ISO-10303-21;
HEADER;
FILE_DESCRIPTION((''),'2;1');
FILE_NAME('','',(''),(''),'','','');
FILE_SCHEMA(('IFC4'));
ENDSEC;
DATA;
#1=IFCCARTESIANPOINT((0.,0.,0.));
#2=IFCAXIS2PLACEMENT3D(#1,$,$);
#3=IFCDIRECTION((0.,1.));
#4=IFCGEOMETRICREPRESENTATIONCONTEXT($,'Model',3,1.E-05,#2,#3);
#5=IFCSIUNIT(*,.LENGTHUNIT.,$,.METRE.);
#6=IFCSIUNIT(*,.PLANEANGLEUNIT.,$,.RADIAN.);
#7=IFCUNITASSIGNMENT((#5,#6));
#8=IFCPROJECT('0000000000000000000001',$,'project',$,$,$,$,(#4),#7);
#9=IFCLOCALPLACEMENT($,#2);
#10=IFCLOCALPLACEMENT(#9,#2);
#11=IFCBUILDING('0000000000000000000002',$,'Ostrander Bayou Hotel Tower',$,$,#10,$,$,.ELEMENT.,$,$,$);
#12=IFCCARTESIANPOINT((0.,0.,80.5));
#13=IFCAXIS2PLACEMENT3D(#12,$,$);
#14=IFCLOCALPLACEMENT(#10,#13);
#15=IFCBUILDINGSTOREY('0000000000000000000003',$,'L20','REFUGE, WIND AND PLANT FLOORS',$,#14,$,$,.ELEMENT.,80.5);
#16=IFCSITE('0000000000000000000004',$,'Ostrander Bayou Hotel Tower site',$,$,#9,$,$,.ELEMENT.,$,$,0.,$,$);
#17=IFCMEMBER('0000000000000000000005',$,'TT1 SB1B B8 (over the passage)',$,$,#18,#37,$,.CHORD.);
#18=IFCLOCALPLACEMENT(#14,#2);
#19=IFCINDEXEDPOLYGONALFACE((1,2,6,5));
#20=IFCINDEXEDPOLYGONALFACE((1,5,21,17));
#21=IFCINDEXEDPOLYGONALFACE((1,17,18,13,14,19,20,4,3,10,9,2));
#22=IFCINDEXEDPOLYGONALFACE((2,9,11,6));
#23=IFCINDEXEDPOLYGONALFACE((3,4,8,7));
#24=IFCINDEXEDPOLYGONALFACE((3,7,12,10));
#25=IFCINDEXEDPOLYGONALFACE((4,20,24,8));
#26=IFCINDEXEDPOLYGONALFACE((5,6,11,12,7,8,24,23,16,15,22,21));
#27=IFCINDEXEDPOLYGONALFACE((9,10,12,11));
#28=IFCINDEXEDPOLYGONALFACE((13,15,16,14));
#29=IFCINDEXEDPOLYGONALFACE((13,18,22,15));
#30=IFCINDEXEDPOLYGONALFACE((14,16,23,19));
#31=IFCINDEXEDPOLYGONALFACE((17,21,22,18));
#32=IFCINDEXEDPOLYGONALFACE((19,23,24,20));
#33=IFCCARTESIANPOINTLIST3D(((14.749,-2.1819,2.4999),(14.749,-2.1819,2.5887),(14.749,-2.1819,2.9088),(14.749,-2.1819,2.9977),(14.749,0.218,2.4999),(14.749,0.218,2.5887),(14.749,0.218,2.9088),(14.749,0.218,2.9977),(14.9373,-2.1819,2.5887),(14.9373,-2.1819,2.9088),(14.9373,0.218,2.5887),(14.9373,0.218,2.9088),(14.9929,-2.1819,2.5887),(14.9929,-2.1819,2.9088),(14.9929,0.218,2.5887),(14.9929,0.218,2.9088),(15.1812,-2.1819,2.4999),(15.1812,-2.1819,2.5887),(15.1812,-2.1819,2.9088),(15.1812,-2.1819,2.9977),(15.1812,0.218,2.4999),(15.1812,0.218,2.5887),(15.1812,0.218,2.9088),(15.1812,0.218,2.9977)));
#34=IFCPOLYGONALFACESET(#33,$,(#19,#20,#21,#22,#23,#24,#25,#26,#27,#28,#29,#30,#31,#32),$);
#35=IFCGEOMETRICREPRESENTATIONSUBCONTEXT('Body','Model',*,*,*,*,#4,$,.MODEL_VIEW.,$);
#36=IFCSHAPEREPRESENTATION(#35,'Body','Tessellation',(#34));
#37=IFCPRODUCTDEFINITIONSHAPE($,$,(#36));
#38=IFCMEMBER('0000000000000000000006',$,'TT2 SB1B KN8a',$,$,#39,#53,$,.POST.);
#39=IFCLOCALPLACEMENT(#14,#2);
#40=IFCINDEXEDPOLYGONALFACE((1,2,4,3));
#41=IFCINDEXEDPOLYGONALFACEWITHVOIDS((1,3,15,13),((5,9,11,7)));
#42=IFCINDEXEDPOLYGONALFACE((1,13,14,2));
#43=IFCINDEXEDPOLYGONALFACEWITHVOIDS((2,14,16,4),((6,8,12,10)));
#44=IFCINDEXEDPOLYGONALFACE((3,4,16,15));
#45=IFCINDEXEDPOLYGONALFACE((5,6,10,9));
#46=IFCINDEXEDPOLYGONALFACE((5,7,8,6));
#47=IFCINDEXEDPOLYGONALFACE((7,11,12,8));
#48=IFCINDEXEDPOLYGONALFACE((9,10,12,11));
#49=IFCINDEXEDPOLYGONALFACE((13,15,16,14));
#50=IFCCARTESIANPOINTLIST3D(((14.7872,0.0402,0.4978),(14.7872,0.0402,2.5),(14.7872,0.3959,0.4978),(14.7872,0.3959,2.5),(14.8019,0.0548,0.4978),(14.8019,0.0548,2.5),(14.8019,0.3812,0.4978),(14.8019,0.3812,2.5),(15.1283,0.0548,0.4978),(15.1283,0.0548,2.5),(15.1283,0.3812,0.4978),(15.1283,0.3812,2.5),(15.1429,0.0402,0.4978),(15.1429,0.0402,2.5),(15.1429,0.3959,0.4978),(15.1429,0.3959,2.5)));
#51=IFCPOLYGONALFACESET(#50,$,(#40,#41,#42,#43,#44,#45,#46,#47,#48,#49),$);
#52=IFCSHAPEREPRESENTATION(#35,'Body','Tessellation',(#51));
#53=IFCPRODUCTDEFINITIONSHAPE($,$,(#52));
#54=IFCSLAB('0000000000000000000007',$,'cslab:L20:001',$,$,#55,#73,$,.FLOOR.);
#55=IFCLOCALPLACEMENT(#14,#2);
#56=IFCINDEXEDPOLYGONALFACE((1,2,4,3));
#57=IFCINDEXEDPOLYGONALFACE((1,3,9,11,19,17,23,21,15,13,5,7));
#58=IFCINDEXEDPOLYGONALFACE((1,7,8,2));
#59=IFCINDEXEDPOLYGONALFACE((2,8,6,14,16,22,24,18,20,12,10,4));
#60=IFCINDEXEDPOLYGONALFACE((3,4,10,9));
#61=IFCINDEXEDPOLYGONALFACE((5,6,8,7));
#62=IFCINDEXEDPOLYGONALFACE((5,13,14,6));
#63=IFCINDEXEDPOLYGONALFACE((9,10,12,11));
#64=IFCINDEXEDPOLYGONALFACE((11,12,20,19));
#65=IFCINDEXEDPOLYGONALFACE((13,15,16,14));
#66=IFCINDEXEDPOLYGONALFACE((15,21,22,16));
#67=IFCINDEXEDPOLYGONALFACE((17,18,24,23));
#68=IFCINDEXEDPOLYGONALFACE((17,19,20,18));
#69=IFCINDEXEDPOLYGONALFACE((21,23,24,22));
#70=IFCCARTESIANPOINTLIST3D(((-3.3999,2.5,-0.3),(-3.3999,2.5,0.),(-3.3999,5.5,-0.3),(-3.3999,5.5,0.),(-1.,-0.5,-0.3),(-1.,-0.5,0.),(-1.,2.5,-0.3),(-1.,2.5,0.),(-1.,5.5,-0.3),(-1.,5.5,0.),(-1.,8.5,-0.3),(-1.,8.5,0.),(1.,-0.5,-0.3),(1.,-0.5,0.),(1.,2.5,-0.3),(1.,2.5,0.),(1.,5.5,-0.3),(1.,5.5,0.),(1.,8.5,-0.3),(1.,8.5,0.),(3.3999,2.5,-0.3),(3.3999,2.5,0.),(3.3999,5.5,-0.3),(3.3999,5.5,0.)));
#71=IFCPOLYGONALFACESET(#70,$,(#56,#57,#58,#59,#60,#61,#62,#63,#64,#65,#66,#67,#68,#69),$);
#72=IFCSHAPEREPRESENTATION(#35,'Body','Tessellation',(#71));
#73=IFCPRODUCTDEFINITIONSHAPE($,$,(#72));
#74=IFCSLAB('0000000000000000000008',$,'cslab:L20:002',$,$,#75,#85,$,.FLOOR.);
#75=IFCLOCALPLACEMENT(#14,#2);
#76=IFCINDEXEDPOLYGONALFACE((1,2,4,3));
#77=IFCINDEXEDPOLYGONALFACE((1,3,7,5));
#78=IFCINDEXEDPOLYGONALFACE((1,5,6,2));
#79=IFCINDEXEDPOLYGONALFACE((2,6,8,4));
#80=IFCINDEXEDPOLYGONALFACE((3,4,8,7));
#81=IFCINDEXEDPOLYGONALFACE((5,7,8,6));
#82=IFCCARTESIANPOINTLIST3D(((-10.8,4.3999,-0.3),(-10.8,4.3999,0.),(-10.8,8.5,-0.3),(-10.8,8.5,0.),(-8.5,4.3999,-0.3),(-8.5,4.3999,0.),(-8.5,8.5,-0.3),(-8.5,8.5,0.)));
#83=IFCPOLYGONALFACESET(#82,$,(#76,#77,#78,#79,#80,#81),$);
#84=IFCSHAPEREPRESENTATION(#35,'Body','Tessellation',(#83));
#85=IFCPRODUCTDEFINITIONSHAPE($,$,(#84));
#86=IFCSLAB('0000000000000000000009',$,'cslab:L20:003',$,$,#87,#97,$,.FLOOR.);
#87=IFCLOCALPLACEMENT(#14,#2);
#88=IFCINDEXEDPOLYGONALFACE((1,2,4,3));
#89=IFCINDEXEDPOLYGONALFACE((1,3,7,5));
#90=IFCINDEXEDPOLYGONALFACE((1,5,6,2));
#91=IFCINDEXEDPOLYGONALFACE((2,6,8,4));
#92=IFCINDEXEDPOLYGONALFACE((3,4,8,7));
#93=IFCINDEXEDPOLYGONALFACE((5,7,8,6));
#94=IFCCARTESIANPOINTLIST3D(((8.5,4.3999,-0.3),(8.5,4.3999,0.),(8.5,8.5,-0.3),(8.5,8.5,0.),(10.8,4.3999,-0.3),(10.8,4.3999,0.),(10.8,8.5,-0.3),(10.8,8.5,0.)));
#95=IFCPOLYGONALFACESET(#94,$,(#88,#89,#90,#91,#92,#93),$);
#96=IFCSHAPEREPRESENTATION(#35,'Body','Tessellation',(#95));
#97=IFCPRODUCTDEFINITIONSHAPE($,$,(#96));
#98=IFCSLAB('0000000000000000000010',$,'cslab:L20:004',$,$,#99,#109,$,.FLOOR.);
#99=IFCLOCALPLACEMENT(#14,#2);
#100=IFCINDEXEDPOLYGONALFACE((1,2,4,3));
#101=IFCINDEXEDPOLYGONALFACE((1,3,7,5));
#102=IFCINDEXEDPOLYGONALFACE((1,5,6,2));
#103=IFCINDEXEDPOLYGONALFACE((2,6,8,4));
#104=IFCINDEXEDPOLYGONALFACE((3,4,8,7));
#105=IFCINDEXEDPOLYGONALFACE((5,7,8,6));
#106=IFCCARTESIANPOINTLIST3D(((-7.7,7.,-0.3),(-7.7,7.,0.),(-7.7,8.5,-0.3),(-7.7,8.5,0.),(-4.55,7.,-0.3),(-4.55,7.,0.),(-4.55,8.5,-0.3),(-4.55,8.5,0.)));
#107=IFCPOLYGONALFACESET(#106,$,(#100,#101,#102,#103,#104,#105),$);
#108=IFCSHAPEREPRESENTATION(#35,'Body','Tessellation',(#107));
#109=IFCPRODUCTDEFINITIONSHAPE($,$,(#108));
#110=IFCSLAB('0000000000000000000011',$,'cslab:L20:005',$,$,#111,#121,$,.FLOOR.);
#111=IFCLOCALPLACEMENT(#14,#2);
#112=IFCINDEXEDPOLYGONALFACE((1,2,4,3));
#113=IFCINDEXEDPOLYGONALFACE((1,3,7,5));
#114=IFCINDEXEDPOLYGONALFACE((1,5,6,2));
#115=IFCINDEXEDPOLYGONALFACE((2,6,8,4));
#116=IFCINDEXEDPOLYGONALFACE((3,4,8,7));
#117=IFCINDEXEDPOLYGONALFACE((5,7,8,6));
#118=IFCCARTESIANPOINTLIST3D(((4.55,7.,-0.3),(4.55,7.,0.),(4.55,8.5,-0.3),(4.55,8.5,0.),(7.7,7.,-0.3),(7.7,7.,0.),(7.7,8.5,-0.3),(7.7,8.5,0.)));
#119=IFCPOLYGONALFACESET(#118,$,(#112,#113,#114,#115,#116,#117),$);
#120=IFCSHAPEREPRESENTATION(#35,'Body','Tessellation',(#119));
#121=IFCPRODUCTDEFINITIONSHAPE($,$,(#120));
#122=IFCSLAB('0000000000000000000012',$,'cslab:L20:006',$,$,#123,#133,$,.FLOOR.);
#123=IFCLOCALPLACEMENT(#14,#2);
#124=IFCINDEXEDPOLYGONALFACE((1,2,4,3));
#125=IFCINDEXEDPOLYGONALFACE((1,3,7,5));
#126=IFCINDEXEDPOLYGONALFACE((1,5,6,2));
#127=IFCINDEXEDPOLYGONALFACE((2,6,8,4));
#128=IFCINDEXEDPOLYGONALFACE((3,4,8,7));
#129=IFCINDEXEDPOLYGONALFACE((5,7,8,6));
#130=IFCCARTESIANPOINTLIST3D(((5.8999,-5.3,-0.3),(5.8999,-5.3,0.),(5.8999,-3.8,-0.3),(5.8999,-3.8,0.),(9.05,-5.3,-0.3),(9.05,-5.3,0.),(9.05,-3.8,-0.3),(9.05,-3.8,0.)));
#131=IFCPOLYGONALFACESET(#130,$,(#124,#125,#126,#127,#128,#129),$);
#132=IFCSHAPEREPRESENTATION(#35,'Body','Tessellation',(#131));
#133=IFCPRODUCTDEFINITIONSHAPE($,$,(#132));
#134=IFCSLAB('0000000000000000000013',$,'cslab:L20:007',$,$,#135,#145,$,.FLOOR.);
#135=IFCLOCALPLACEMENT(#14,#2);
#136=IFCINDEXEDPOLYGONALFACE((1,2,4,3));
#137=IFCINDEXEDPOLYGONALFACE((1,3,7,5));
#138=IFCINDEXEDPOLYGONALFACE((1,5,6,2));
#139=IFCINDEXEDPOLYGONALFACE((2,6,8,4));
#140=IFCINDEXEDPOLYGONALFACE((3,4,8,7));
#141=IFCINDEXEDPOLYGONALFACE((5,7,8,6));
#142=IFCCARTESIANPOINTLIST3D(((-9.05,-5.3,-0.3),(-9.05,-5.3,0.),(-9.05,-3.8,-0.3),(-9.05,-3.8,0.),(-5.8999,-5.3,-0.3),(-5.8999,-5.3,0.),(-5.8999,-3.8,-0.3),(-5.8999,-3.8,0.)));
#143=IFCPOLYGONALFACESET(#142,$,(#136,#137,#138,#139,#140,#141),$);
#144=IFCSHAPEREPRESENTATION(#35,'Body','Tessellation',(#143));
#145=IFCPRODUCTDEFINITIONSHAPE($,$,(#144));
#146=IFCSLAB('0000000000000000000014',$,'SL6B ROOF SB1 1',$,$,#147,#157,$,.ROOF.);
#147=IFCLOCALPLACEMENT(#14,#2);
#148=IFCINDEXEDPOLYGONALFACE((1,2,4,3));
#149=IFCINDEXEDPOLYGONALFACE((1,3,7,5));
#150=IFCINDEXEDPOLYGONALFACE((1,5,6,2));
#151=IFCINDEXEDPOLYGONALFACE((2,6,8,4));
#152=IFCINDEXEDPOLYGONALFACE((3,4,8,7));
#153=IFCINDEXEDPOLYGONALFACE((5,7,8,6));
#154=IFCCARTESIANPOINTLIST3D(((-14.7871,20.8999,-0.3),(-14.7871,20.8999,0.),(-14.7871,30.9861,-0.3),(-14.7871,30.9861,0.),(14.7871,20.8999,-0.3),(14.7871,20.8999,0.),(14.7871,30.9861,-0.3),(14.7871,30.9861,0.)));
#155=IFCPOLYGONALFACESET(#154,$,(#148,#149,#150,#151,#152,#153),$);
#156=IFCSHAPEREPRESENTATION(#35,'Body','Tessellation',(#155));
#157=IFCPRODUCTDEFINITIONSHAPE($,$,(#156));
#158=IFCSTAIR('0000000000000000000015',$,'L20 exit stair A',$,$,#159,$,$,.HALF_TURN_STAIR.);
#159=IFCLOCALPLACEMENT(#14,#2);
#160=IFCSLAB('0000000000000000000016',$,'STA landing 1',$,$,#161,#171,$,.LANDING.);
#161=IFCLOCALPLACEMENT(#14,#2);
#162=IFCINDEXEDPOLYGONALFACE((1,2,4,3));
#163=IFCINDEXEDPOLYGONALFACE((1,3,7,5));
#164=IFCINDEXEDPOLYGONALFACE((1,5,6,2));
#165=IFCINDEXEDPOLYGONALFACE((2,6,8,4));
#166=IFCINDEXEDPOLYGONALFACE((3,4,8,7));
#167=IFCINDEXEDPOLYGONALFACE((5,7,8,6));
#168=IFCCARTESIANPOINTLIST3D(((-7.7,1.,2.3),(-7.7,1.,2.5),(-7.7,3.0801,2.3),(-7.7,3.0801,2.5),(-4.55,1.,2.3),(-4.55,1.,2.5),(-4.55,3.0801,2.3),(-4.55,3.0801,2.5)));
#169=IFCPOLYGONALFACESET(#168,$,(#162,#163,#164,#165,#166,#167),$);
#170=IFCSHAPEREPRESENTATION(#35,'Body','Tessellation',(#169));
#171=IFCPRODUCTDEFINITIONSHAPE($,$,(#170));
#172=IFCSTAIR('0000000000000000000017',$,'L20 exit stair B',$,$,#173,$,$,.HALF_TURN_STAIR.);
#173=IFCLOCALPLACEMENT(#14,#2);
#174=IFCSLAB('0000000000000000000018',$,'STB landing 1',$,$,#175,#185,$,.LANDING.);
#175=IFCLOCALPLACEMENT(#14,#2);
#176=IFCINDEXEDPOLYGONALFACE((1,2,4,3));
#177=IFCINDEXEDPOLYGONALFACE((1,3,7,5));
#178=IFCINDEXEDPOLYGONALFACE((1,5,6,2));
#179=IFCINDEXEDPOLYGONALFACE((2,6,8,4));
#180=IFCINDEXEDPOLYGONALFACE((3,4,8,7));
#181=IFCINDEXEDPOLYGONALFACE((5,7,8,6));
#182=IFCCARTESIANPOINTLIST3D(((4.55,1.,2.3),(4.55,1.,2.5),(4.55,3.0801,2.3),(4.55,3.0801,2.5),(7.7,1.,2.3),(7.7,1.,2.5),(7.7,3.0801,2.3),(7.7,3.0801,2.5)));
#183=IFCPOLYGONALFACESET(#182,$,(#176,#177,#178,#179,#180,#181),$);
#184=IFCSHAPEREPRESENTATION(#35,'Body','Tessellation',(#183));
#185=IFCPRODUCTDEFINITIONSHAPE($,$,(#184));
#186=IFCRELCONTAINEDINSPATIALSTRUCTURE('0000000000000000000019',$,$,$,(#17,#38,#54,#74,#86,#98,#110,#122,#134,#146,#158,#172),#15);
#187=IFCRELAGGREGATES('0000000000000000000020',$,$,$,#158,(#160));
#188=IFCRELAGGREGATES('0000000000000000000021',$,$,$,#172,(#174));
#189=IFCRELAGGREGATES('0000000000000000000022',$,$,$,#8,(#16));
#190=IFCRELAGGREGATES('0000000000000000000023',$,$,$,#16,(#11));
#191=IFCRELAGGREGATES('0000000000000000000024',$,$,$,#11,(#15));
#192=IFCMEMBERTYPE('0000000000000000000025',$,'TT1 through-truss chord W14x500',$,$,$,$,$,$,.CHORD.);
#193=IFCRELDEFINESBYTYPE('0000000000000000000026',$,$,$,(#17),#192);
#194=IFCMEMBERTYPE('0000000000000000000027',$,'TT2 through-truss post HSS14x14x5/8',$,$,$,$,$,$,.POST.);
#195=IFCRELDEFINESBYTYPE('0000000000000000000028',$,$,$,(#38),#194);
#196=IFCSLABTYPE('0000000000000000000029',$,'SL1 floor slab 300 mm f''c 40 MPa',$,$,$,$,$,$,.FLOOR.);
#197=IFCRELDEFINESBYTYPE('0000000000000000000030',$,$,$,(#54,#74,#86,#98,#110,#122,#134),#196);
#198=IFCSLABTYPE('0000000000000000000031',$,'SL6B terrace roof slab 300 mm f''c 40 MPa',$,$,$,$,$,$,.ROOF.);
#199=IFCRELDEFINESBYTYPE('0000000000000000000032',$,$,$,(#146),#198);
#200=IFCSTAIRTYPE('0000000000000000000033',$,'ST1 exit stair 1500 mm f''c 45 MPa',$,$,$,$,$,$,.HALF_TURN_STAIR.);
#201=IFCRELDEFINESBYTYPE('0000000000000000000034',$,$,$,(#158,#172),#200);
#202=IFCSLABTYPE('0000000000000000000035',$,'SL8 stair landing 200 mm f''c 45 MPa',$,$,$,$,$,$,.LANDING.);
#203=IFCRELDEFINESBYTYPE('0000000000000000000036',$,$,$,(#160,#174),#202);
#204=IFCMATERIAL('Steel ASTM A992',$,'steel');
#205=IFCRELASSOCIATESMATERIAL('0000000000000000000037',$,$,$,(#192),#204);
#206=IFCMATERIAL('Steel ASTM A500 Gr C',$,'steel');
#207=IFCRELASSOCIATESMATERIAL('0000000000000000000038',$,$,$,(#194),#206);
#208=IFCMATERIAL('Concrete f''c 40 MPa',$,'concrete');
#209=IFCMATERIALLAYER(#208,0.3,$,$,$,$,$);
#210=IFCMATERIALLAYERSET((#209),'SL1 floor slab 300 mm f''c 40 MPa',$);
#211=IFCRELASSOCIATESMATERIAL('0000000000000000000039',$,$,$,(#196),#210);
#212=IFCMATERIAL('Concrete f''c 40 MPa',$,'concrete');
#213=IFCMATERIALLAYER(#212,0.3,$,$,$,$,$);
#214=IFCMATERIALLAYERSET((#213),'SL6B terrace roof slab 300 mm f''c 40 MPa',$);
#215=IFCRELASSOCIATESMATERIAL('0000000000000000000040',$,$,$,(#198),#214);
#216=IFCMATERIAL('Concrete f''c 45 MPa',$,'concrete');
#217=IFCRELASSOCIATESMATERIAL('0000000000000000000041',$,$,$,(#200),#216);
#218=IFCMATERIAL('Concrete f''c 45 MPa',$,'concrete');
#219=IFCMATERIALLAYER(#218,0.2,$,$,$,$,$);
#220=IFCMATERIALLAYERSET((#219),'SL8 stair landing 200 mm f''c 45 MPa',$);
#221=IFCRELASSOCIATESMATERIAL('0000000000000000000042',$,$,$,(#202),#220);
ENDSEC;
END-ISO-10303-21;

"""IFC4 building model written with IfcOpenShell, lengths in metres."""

from ifc_helpers import new_model, si_unit, direction, frame, origin, origin_2d, place, context, subcontext, project, spatial, polyline, hollow_rectangle, i_section, outline, extrude, material, layer, layer_set, material_profile, profile_set, type_object, element, aggregate, save


model = new_model("IFC4")

# Units and contexts
model_context = context("Model", 3, precision=1e-05, world=origin(), true_north=direction((0.0, 1.0)))
body_context = subcontext(model_context, "Body", "Model", "MODEL_VIEW")
ifc_project = project(units=[si_unit("LENGTHUNIT", "METRE"), si_unit("PLANEANGLEUNIT", "RADIAN")], contexts=[model_context])

# Site, building, storey
site_placement = place(None, origin())
site = spatial("IfcSite", under=ifc_project, at=site_placement, Name="Ostrander Bayou Hotel Tower site", CompositionType="ELEMENT", RefElevation=0.0)
building_placement = place(site_placement, origin())
building = spatial("IfcBuilding", under=site, at=building_placement, Name="Ostrander Bayou Hotel Tower", CompositionType="ELEMENT")
storey_placement = place(building_placement, frame((0.0, 0.0, 80.5)))
storey = spatial("IfcBuildingStorey", under=building, at=storey_placement, Name="L20", Description="REFUGE, WIND AND PLANT FLOORS", CompositionType="ELEMENT", Elevation=80.5)

# Members
ifc_material_1 = material(Name="Steel ASTM A992", Category="steel")
ifc_material_profile_1 = material_profile(ifc_material_1, i_section(OverallWidth=0.4321, OverallDepth=0.4978, WebThickness=0.0557, FlangeThickness=0.0889, at=origin_2d()))
ifc_profile_set_1 = profile_set([ifc_material_profile_1], Name="Steel ASTM A992")
member_type_1 = type_object("IfcMemberType", Name="TT1 through-truss chord W14x500", PredefinedType="CHORD", material=ifc_profile_set_1)
member_1_placement = place(storey_placement, frame((14.9651, 0.218, 2.7488), z_axis=(0.0, -1.0, 0.0), x_axis=(1.0, 0.0, 0.0)))
element("IfcMember", 1, at=member_1_placement, inside=storey, type_object=member_type_1, Name="TT1 SB1B B8 (over the passage)", PredefinedType="CHORD", context=body_context, shape_type="SweptSolid", body=[
    extrude(i_section(OverallWidth=0.4321, OverallDepth=0.4978, WebThickness=0.0557, FlangeThickness=0.0889, at=origin_2d()), origin(), (0.0, 0.0, 1.0), 2.3999),
])
ifc_material_2 = material(Name="Steel ASTM A500 Gr C", Category="steel")
ifc_material_profile_2 = material_profile(ifc_material_2, hollow_rectangle(XDim=0.3557, YDim=0.3557, WallThickness=0.0146, at=origin_2d()))
ifc_profile_set_2 = profile_set([ifc_material_profile_2], Name="Steel ASTM A500 Gr C")
member_type_2 = type_object("IfcMemberType", Name="TT2 through-truss post HSS14x14x5/8", PredefinedType="POST", material=ifc_profile_set_2)
member_2_placement = place(storey_placement, frame((14.9651, 0.218, 0.4978), z_axis=(0.0, 0.0, 1.0), x_axis=(1.0, 0.0, 0.0)))
element("IfcMember", 2, at=member_2_placement, inside=storey, type_object=member_type_2, Name="TT2 SB1B KN8a", PredefinedType="POST", context=body_context, shape_type="SweptSolid", body=[
    extrude(hollow_rectangle(XDim=0.3557, YDim=0.3557, WallThickness=0.0146, at=origin_2d()), origin(), (0.0, 0.0, 1.0), 2.0022),
])

# Slabs
ifc_material_3 = material(Name="Concrete f'c 40 MPa", Category="concrete")
ifc_layer_1 = layer(ifc_material_3, 0.3)
ifc_layer_set_1 = layer_set([ifc_layer_1], Name="SL1 floor slab 300 mm f'c 40 MPa")
slab_type_1 = type_object("IfcSlabType", Name="SL1 floor slab 300 mm f'c 40 MPa", PredefinedType="FLOOR", material=ifc_layer_set_1)
slab_1_placement = place(storey_placement, frame((0.0, 0.0, -0.3)))
element("IfcSlab", 3, at=slab_1_placement, inside=storey, type_object=slab_type_1, Name="cslab:L20:001", PredefinedType="FLOOR", context=body_context, shape_type="SweptSolid", body=[
    extrude(outline(polyline([(-3.3999, 5.5), (-1.0, 5.5), (-1.0, 8.5), (1.0, 8.5), (1.0, 5.5), (3.3999, 5.5), (3.3999, 2.5), (1.0, 2.5), (1.0, -0.5), (-1.0, -0.5), (-1.0, 2.5), (-3.3999, 2.5), (-3.3999, 5.5)])), origin(), (0.0, 0.0, 1.0), 0.3),
])
slab_2_placement = place(storey_placement, frame((0.0, 0.0, -0.3)))
element("IfcSlab", 4, at=slab_2_placement, inside=storey, type_object=slab_type_1, Name="cslab:L20:002", PredefinedType="FLOOR", context=body_context, shape_type="SweptSolid", body=[
    extrude(outline(polyline([(-8.5, 4.3999), (-8.5, 8.5), (-10.8, 8.5), (-10.8, 4.3999), (-8.5, 4.3999)])), origin(), (0.0, 0.0, 1.0), 0.3),
])
slab_3_placement = place(storey_placement, frame((0.0, 0.0, -0.3)))
element("IfcSlab", 5, at=slab_3_placement, inside=storey, type_object=slab_type_1, Name="cslab:L20:003", PredefinedType="FLOOR", context=body_context, shape_type="SweptSolid", body=[
    extrude(outline(polyline([(10.8, 4.3999), (10.8, 8.5), (8.5, 8.5), (8.5, 4.3999), (10.8, 4.3999)])), origin(), (0.0, 0.0, 1.0), 0.3),
])
slab_4_placement = place(storey_placement, frame((0.0, 0.0, -0.3)))
element("IfcSlab", 6, at=slab_4_placement, inside=storey, type_object=slab_type_1, Name="cslab:L20:004", PredefinedType="FLOOR", context=body_context, shape_type="SweptSolid", body=[
    extrude(outline(polyline([(-4.55, 7.0), (-4.55, 8.5), (-7.7, 8.5), (-7.7, 7.0), (-4.55, 7.0)])), origin(), (0.0, 0.0, 1.0), 0.3),
])
slab_5_placement = place(storey_placement, frame((0.0, 0.0, -0.3)))
element("IfcSlab", 7, at=slab_5_placement, inside=storey, type_object=slab_type_1, Name="cslab:L20:005", PredefinedType="FLOOR", context=body_context, shape_type="SweptSolid", body=[
    extrude(outline(polyline([(7.7, 7.0), (7.7, 8.5), (4.55, 8.5), (4.55, 7.0), (7.7, 7.0)])), origin(), (0.0, 0.0, 1.0), 0.3),
])
slab_6_placement = place(storey_placement, frame((0.0, 0.0, -0.3)))
element("IfcSlab", 8, at=slab_6_placement, inside=storey, type_object=slab_type_1, Name="cslab:L20:006", PredefinedType="FLOOR", context=body_context, shape_type="SweptSolid", body=[
    extrude(outline(polyline([(9.05, -5.3), (9.05, -3.8), (5.8999, -3.8), (5.8999, -5.3), (9.05, -5.3)])), origin(), (0.0, 0.0, 1.0), 0.3),
])
slab_7_placement = place(storey_placement, frame((0.0, 0.0, -0.3)))
element("IfcSlab", 9, at=slab_7_placement, inside=storey, type_object=slab_type_1, Name="cslab:L20:007", PredefinedType="FLOOR", context=body_context, shape_type="SweptSolid", body=[
    extrude(outline(polyline([(-5.8999, -5.3), (-5.8999, -3.8), (-9.05, -3.8), (-9.05, -5.3), (-5.8999, -5.3)])), origin(), (0.0, 0.0, 1.0), 0.3),
])
ifc_material_4 = material(Name="Concrete f'c 40 MPa", Category="concrete")
ifc_layer_2 = layer(ifc_material_4, 0.3)
ifc_layer_set_2 = layer_set([ifc_layer_2], Name="SL6B terrace roof slab 300 mm f'c 40 MPa")
slab_type_2 = type_object("IfcSlabType", Name="SL6B terrace roof slab 300 mm f'c 40 MPa", PredefinedType="ROOF", material=ifc_layer_set_2)
slab_8_placement = place(storey_placement, frame((0.0, 0.0, -0.3)))
element("IfcSlab", 10, at=slab_8_placement, inside=storey, type_object=slab_type_2, Name="SL6B ROOF SB1 1", PredefinedType="ROOF", context=body_context, shape_type="SweptSolid", body=[
    extrude(outline(polyline([(-14.7871, 30.9861), (14.7871, 30.9861), (14.7871, 20.8999), (-14.7871, 20.8999), (-14.7871, 30.9861)])), origin(), (0.0, 0.0, 1.0), 0.3),
])

# Stairs, slabs
ifc_material_5 = material(Name="Concrete f'c 45 MPa", Category="concrete")
stair_type = type_object("IfcStairType", Name="ST1 exit stair 1500 mm f'c 45 MPa", PredefinedType="HALF_TURN_STAIR", material=ifc_material_5)
stair_1_placement = place(storey_placement, origin())
stair_1 = element("IfcStair", 11, at=stair_1_placement, inside=storey, type_object=stair_type, Name="L20 exit stair A", PredefinedType="HALF_TURN_STAIR")
ifc_material_6 = material(Name="Concrete f'c 45 MPa", Category="concrete")
ifc_layer_3 = layer(ifc_material_6, 0.2)
ifc_layer_set_3 = layer_set([ifc_layer_3], Name="SL8 stair landing 200 mm f'c 45 MPa")
slab_type_3 = type_object("IfcSlabType", Name="SL8 stair landing 200 mm f'c 45 MPa", PredefinedType="LANDING", material=ifc_layer_set_3)
slab_9_placement = place(storey_placement, frame((0.0, 0.0, 2.3)))
slab_9 = element("IfcSlab", 12, at=slab_9_placement, type_object=slab_type_3, Name="STA landing 1", PredefinedType="LANDING", context=body_context, shape_type="SweptSolid", body=[
    extrude(outline(polyline([(-7.7, 3.0801), (-7.7, 1.0), (-4.55, 1.0), (-4.55, 3.0801), (-7.7, 3.0801)])), origin(), (0.0, 0.0, 1.0), 0.2),
])
aggregate(stair_1, [slab_9])
stair_2_placement = place(storey_placement, origin())
stair_2 = element("IfcStair", 13, at=stair_2_placement, inside=storey, type_object=stair_type, Name="L20 exit stair B", PredefinedType="HALF_TURN_STAIR")
slab_10_placement = place(storey_placement, frame((0.0, 0.0, 2.3)))
slab_10 = element("IfcSlab", 14, at=slab_10_placement, type_object=slab_type_3, Name="STB landing 1", PredefinedType="LANDING", context=body_context, shape_type="SweptSolid", body=[
    extrude(outline(polyline([(4.55, 3.0801), (4.55, 1.0), (7.7, 1.0), (7.7, 3.0801), (4.55, 3.0801)])), origin(), (0.0, 0.0, 1.0), 0.2),
])

aggregate(stair_2, [slab_10])

save(model, "model.ifc")
